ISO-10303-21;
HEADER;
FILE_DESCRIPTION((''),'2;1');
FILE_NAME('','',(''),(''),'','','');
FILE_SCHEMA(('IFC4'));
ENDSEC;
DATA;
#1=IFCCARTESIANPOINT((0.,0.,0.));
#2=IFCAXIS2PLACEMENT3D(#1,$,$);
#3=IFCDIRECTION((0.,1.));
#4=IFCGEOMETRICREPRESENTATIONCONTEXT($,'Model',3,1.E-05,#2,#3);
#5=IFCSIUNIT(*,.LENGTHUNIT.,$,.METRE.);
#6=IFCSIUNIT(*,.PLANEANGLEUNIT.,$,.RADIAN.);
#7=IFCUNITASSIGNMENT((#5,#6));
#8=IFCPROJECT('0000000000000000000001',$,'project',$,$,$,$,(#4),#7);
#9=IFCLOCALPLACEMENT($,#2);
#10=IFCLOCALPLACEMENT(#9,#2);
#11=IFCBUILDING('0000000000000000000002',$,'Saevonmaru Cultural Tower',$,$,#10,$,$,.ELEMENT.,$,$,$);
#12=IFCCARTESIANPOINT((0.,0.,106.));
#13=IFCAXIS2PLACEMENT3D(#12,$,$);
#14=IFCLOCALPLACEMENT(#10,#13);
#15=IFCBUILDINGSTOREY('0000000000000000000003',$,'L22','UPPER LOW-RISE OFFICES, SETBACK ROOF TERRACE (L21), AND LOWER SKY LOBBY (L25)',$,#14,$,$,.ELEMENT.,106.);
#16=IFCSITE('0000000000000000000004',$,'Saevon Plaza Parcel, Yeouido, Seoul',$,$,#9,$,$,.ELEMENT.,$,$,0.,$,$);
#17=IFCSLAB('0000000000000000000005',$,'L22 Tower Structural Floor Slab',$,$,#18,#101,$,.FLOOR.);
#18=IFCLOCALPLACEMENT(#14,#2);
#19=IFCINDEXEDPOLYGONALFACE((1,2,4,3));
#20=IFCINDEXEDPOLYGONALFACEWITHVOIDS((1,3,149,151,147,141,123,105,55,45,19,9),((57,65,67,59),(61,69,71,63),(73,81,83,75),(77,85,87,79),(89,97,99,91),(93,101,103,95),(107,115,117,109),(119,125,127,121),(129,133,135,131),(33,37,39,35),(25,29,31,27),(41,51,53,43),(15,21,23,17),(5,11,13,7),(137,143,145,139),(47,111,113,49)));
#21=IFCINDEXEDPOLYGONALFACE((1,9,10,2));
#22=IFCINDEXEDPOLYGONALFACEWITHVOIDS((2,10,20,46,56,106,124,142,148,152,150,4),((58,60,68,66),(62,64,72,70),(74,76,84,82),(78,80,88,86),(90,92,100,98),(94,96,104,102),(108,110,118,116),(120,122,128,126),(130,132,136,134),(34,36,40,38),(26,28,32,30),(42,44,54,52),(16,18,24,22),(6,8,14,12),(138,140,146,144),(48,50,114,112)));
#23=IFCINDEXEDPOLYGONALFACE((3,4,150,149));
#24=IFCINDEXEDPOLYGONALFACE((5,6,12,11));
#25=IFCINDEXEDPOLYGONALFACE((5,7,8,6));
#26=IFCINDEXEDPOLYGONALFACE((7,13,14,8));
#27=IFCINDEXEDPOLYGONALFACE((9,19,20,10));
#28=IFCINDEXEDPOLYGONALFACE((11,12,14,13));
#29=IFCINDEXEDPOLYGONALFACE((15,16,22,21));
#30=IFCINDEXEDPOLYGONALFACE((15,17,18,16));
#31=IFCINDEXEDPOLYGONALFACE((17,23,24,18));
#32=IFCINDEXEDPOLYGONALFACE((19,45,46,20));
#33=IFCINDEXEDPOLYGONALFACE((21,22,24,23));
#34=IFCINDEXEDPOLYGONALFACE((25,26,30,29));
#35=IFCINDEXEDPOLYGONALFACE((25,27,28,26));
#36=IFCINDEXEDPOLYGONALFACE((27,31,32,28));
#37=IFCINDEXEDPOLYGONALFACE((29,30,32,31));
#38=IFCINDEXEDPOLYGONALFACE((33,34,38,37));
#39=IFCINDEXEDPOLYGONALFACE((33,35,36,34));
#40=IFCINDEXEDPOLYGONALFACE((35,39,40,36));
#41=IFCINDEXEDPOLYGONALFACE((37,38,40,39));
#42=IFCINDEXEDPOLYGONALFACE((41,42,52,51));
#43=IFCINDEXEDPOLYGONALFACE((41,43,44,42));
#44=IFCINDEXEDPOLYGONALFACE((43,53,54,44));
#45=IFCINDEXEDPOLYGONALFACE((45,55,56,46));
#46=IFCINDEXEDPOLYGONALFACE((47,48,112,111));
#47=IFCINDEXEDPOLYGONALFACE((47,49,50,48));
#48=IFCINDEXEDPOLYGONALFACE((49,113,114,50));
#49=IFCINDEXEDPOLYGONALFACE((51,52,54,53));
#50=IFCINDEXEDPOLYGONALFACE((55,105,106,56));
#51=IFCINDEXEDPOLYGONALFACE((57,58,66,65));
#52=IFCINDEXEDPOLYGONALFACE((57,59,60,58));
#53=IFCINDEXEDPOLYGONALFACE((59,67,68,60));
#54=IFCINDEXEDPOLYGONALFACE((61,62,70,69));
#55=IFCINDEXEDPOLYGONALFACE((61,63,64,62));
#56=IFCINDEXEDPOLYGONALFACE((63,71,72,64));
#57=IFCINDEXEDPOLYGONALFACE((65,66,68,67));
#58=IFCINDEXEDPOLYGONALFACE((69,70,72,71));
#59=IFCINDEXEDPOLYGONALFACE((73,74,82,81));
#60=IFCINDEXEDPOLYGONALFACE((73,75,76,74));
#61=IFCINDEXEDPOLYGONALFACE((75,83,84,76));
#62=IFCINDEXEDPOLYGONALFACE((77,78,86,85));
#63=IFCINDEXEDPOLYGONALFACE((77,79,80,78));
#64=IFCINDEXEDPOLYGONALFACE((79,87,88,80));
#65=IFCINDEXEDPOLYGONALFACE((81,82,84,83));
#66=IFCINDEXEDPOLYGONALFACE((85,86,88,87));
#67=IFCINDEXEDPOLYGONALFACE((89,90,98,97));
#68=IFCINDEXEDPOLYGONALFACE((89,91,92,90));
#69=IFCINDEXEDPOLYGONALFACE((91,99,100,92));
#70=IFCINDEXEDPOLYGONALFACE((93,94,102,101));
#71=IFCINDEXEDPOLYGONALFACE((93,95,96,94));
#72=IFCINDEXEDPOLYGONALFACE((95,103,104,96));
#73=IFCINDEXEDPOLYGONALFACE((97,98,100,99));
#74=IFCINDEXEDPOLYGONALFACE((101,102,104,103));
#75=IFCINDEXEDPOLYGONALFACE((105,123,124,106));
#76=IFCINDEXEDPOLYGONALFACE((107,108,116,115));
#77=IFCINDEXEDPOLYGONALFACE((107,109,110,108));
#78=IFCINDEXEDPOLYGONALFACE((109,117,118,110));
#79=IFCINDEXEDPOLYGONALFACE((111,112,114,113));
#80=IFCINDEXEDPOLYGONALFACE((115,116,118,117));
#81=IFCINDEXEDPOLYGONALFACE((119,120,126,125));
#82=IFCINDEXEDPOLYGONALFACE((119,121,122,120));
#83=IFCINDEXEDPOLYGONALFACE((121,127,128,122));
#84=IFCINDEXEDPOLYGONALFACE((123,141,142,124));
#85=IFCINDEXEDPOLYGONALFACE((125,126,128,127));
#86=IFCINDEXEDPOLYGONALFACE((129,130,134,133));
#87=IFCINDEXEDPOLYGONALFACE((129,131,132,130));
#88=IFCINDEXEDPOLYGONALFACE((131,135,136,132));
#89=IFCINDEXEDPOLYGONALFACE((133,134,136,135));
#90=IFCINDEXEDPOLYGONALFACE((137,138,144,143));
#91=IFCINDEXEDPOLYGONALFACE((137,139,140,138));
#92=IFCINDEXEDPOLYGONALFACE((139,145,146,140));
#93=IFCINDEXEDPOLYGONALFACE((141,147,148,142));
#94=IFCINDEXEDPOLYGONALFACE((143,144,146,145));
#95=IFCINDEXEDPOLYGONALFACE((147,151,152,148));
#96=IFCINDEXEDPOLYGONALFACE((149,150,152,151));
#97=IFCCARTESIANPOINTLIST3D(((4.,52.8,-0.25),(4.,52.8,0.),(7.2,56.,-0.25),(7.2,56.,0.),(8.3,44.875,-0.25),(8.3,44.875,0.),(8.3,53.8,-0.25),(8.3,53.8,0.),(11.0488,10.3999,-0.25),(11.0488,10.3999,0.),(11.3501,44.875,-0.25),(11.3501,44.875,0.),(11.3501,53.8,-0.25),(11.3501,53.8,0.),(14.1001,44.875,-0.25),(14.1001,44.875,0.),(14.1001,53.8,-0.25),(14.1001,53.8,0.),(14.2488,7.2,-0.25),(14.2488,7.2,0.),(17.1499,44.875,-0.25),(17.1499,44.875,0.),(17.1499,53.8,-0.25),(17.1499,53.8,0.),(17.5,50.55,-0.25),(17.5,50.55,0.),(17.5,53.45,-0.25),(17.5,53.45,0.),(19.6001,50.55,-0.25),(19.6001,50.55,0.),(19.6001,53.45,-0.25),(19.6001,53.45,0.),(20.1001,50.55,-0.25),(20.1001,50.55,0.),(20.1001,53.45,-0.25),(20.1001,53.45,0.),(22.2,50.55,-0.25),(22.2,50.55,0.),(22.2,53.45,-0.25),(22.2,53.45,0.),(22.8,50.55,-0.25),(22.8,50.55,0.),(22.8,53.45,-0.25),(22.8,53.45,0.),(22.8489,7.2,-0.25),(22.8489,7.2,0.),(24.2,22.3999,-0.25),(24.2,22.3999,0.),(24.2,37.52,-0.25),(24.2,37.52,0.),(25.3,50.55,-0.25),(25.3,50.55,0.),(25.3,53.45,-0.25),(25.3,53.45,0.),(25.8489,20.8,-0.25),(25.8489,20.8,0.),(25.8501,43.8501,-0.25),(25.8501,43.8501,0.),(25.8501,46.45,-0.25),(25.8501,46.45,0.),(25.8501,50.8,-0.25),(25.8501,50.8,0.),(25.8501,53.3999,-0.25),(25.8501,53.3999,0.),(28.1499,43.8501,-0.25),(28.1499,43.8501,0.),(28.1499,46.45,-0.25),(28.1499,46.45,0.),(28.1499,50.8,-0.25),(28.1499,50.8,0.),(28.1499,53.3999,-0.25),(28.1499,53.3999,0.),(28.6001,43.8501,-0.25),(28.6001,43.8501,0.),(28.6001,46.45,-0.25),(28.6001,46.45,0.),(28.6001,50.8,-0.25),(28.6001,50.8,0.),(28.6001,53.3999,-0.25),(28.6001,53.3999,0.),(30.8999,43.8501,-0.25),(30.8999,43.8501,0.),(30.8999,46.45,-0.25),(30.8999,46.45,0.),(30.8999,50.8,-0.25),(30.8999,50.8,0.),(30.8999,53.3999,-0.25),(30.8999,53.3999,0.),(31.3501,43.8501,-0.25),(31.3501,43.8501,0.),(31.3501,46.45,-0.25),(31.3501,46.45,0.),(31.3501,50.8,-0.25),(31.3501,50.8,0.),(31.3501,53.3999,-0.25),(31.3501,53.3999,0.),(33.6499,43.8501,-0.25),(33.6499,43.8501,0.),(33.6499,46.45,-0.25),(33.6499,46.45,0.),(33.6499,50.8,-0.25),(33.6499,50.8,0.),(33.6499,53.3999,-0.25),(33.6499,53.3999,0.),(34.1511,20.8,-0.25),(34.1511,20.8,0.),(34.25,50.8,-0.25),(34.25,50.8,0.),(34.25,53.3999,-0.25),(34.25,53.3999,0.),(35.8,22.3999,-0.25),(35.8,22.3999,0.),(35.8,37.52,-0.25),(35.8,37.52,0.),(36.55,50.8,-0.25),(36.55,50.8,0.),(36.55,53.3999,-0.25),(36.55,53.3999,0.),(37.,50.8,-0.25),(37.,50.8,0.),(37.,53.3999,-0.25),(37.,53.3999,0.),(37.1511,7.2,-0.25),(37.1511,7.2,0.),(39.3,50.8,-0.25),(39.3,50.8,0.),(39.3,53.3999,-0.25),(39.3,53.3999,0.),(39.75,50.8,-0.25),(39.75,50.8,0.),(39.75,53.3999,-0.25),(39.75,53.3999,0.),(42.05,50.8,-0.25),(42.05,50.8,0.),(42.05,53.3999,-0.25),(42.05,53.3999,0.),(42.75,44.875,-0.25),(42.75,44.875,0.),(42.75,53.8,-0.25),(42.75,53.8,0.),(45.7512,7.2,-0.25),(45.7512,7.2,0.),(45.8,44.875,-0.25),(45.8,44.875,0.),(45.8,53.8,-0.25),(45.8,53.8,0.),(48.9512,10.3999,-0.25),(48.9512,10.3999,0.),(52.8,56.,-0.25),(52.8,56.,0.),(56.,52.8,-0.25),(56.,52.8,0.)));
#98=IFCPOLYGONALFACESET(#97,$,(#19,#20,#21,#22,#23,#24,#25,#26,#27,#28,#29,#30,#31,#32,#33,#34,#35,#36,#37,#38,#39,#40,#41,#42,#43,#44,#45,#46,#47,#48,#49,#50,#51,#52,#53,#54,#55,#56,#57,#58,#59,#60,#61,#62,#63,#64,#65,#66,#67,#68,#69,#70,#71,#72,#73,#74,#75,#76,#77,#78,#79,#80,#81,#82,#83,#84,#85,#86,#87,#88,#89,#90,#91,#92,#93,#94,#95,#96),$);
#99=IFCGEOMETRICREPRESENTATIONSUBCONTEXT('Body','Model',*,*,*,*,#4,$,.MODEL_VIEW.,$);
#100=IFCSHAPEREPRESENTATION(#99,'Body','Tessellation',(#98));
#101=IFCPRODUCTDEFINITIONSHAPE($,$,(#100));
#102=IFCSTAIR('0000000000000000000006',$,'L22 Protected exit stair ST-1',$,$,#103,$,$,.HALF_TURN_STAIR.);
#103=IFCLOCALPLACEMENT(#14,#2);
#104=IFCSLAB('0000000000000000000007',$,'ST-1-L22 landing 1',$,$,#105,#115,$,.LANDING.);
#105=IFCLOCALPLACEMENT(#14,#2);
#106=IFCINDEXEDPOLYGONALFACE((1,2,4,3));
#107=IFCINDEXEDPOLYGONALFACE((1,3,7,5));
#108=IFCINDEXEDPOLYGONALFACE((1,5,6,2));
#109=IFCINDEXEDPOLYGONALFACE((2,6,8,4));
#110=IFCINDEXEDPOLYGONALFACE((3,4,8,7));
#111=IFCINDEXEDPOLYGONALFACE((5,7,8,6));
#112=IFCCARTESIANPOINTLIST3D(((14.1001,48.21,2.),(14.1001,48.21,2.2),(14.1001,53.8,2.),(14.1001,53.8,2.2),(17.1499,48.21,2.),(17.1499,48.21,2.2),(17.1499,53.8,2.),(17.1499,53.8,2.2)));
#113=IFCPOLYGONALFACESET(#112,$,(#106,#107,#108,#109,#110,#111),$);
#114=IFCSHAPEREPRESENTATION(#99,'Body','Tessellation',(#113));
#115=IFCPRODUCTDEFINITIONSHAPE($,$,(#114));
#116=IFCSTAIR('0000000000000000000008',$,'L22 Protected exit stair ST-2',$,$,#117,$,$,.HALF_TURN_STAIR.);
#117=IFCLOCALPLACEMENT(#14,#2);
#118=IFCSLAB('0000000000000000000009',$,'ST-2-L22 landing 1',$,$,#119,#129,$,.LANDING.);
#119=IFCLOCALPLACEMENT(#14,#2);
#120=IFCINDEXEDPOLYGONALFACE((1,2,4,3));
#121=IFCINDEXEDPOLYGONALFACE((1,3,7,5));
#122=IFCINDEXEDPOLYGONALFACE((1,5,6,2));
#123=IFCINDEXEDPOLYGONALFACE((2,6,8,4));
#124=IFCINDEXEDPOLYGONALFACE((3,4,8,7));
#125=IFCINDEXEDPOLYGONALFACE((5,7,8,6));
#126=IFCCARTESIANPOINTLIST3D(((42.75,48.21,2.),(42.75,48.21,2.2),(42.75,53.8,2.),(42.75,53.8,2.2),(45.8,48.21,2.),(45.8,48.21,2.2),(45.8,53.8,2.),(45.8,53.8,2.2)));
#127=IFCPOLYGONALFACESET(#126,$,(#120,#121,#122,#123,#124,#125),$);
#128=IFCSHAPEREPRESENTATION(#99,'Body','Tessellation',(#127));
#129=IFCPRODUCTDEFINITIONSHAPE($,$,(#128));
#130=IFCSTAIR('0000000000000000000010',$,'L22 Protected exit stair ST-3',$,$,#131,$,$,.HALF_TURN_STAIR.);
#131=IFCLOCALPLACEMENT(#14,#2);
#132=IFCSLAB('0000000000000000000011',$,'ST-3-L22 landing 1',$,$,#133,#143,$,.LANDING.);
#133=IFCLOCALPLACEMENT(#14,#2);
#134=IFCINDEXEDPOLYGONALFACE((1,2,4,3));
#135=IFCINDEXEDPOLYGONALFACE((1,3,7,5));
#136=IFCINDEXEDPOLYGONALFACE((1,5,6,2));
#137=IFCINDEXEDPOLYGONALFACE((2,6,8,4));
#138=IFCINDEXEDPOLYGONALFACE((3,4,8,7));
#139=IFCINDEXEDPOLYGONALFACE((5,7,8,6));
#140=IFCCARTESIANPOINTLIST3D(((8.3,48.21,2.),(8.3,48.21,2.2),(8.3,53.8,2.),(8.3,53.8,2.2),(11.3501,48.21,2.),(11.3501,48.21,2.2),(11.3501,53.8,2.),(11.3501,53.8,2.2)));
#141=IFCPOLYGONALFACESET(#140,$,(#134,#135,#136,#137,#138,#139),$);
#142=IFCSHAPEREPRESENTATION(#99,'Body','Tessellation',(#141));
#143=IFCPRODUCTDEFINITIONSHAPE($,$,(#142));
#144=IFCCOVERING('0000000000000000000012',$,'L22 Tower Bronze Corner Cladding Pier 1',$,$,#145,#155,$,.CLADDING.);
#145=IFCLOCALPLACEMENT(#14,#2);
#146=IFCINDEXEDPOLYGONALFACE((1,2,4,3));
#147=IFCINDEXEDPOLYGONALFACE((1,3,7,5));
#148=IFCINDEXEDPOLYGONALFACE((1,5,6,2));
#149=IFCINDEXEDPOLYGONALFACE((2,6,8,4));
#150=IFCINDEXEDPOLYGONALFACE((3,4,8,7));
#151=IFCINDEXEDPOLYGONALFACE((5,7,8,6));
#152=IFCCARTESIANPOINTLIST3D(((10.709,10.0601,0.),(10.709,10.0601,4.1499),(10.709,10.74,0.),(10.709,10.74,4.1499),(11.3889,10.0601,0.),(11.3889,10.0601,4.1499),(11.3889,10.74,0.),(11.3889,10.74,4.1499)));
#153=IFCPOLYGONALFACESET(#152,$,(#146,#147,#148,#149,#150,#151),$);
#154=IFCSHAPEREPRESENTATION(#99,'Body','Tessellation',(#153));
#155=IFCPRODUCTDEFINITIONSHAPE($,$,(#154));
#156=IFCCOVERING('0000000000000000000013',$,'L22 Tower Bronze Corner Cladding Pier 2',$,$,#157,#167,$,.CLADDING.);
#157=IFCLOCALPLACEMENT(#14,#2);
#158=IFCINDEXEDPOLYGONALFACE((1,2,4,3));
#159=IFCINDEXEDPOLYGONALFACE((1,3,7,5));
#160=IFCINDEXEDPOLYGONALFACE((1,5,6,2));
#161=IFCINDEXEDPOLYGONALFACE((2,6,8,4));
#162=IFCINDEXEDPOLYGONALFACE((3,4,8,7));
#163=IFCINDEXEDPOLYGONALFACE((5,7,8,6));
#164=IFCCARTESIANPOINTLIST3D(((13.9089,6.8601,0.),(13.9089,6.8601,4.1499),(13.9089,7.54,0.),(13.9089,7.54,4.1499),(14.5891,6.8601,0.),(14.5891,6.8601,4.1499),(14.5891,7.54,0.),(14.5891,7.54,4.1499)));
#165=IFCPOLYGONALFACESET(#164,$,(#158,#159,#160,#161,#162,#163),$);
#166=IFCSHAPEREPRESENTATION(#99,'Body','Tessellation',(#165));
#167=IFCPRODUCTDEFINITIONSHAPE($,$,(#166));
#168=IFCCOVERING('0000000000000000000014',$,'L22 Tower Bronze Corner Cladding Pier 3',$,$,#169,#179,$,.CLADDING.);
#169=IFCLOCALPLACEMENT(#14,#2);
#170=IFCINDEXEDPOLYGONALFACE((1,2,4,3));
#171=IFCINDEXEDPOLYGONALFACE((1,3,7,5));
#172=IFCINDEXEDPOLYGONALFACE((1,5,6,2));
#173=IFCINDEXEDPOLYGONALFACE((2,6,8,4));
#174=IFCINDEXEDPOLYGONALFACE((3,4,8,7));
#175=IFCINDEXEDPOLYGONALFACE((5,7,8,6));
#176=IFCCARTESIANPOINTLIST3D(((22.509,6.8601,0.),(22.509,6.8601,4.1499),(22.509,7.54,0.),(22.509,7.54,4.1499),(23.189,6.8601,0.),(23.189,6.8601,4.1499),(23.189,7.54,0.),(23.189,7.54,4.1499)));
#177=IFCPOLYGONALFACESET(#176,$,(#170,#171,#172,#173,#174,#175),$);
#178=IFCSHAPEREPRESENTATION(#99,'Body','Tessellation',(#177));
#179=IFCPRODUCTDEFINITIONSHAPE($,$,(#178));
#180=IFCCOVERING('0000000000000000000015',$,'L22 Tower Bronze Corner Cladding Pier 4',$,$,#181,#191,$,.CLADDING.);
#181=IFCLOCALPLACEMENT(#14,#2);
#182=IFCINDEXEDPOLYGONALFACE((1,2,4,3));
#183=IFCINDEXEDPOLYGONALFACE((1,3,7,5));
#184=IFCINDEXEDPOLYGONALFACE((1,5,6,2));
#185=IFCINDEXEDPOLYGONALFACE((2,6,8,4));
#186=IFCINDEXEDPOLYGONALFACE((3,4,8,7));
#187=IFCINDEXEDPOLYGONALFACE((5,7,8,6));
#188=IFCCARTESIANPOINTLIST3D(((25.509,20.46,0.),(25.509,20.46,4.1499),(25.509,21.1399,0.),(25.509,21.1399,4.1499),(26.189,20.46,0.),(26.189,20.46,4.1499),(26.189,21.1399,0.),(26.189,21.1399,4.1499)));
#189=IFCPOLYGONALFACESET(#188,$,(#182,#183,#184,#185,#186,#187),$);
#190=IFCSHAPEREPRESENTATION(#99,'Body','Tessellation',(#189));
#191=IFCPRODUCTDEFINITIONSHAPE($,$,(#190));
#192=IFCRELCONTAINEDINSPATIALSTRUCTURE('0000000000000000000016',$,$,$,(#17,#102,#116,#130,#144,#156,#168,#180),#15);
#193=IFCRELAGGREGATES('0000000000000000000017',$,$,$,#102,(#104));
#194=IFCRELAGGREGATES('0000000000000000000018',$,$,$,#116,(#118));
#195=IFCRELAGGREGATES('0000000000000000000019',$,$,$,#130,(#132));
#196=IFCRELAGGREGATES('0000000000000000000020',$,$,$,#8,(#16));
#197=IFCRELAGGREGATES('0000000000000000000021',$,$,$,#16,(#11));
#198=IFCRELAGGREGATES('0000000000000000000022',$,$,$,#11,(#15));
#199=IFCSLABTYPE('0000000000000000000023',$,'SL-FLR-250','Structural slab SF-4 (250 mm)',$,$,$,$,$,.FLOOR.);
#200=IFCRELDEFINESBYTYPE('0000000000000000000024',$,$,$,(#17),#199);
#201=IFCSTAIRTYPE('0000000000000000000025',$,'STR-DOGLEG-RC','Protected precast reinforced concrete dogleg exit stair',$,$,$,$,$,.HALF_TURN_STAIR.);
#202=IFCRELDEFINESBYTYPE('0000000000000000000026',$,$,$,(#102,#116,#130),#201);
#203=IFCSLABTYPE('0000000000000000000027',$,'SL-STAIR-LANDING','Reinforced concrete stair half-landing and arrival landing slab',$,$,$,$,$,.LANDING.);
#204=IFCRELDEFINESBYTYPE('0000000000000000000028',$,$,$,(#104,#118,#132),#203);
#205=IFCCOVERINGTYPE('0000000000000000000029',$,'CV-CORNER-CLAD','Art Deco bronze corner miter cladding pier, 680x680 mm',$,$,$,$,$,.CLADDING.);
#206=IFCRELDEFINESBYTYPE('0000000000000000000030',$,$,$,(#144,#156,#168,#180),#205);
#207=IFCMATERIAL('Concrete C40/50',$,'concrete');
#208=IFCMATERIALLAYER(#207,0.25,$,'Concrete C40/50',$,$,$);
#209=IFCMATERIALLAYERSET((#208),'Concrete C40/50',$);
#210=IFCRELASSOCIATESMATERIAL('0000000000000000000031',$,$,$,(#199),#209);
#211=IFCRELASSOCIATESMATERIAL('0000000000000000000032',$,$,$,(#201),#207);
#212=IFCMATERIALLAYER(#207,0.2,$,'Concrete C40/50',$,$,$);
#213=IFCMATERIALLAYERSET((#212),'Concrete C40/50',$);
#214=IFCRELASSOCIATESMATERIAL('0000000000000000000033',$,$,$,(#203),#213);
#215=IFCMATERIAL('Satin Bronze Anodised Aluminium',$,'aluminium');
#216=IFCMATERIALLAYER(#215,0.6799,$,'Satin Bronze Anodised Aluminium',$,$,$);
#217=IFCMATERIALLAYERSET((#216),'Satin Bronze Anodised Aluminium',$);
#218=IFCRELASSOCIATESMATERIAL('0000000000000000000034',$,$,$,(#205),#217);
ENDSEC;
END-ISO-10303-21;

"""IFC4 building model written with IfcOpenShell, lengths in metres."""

from ifc_helpers import new_model, si_unit, direction, frame, origin, place, context, subcontext, project, spatial, polyline, outline, extrude, material, layer, layer_set, type_object, element, aggregate, save


model = new_model("IFC4")

# Units and contexts
model_context = context("Model", 3, precision=1e-05, world=origin(), true_north=direction((0.0, 1.0)))
body_context = subcontext(model_context, "Body", "Model", "MODEL_VIEW")
ifc_project = project(units=[si_unit("LENGTHUNIT", "METRE"), si_unit("PLANEANGLEUNIT", "RADIAN")], contexts=[model_context])

# Site, building, storey
site_placement = place(None, origin())
site = spatial("IfcSite", under=ifc_project, at=site_placement, Name="Saevon Plaza Parcel, Yeouido, Seoul", CompositionType="ELEMENT", RefElevation=0.0)
building_placement = place(site_placement, origin())
building = spatial("IfcBuilding", under=site, at=building_placement, Name="Saevonmaru Cultural Tower", CompositionType="ELEMENT")
storey_placement = place(building_placement, frame((0.0, 0.0, 106.0)))
storey = spatial("IfcBuildingStorey", under=building, at=storey_placement, Name="L22", Description="UPPER LOW-RISE OFFICES, SETBACK ROOF TERRACE (L21), AND LOWER SKY LOBBY (L25)", CompositionType="ELEMENT", Elevation=106.0)

# Shared definitions
ifc_material_1 = material(Name="Satin Bronze Anodised Aluminium", Category="aluminium")

# Slab
ifc_material_2 = material(Name="Concrete C40/50", Category="concrete")
ifc_layer_1 = layer(ifc_material_2, 0.25, Name="Concrete C40/50")
ifc_layer_set_1 = layer_set([ifc_layer_1], Name="Concrete C40/50")
slab_type_1 = type_object("IfcSlabType", Name="SL-FLR-250", Description="Structural slab SF-4 (250 mm)", PredefinedType="FLOOR", material=ifc_layer_set_1)
slab_1_placement = place(storey_placement, frame((0.0, 0.0, -0.25)))
element("IfcSlab", 1, at=slab_1_placement, inside=storey, type_object=slab_type_1, Name="L22 Tower Structural Floor Slab", PredefinedType="FLOOR", context=body_context, shape_type="SweptSolid", body=[
    extrude(outline(polyline([(11.0488, 10.3999), (14.2488, 7.2), (22.8489, 7.2), (25.8489, 20.8), (34.1511, 20.8), (37.1511, 7.2), (45.7512, 7.2), (48.9512, 10.3999), (56.0, 52.8), (52.8, 56.0), (7.2, 56.0), (4.0, 52.8), (11.0488, 10.3999)]), holes=[polyline([(45.8, 44.875), (42.75, 44.875), (42.75, 53.8), (45.8, 53.8), (45.8, 44.875)]), polyline([(39.75, 50.8), (39.75, 53.3999), (42.05, 53.3999), (42.05, 50.8), (39.75, 50.8)]), polyline([(37.0, 50.8), (37.0, 53.3999), (39.3, 53.3999), (39.3, 50.8), (37.0, 50.8)]), polyline([(34.25, 50.8), (34.25, 53.3999), (36.55, 53.3999), (36.55, 50.8), (34.25, 50.8)]), polyline([(24.2, 22.3999), (24.2, 37.52), (35.8, 37.52), (35.8, 22.3999), (24.2, 22.3999)]), polyline([(31.3501, 50.8), (31.3501, 53.3999), (33.6499, 53.3999), (33.6499, 50.8), (31.3501, 50.8)]), polyline([(31.3501, 43.8501), (31.3501, 46.45), (33.6499, 46.45), (33.6499, 43.8501), (31.3501, 43.8501)]), polyline([(28.6001, 43.8501), (28.6001, 46.45), (30.8999, 46.45), (30.8999, 43.8501), (28.6001, 43.8501)]), polyline([(28.6001, 50.8), (28.6001, 53.3999), (30.8999, 53.3999), (30.8999, 50.8), (28.6001, 50.8)]), polyline([(25.8501, 50.8), (25.8501, 53.3999), (28.1499, 53.3999), (28.1499, 50.8), (25.8501, 50.8)]), polyline([(25.8501, 43.8501), (25.8501, 46.45), (28.1499, 46.45), (28.1499, 43.8501), (25.8501, 43.8501)]), polyline([(22.8, 50.55), (22.8, 53.45), (25.3, 53.45), (25.3, 50.55), (22.8, 50.55)]), polyline([(20.1001, 50.55), (20.1001, 53.45), (22.2, 53.45), (22.2, 50.55), (20.1001, 50.55)]), polyline([(17.5, 50.55), (17.5, 53.45), (19.6001, 53.45), (19.6001, 50.55), (17.5, 50.55)]), polyline([(17.1499, 44.875), (14.1001, 44.875), (14.1001, 53.8), (17.1499, 53.8), (17.1499, 44.875)]), polyline([(11.3501, 44.875), (8.3, 44.875), (8.3, 53.8), (11.3501, 53.8), (11.3501, 44.875)])]), origin(), (0.0, 0.0, 1.0), 0.25),
])

# Stairs, slabs
stair_type = type_object("IfcStairType", Name="STR-DOGLEG-RC", Description="Protected precast reinforced concrete dogleg exit stair", PredefinedType="HALF_TURN_STAIR", material=ifc_material_2)
stair_1_placement = place(storey_placement, origin())
stair_1 = element("IfcStair", 2, at=stair_1_placement, inside=storey, type_object=stair_type, Name="L22 Protected exit stair ST-1", PredefinedType="HALF_TURN_STAIR")
ifc_layer_2 = layer(ifc_material_2, 0.2, Name="Concrete C40/50")
ifc_layer_set_2 = layer_set([ifc_layer_2], Name="Concrete C40/50")
slab_type_2 = type_object("IfcSlabType", Name="SL-STAIR-LANDING", Description="Reinforced concrete stair half-landing and arrival landing slab", PredefinedType="LANDING", material=ifc_layer_set_2)
slab_2_placement = place(storey_placement, frame((0.0, 0.0, 2.0)))
slab_2 = element("IfcSlab", 3, at=slab_2_placement, type_object=slab_type_2, Name="ST-1-L22 landing 1", PredefinedType="LANDING", context=body_context, shape_type="SweptSolid", body=[
    extrude(outline(polyline([(17.1499, 48.21), (17.1499, 53.8), (14.1001, 53.8), (14.1001, 48.21), (17.1499, 48.21)])), origin(), (0.0, 0.0, 1.0), 0.2),
])
aggregate(stair_1, [slab_2])
stair_2_placement = place(storey_placement, origin())
stair_2 = element("IfcStair", 4, at=stair_2_placement, inside=storey, type_object=stair_type, Name="L22 Protected exit stair ST-2", PredefinedType="HALF_TURN_STAIR")
slab_3_placement = place(storey_placement, frame((0.0, 0.0, 2.0)))
slab_3 = element("IfcSlab", 5, at=slab_3_placement, type_object=slab_type_2, Name="ST-2-L22 landing 1", PredefinedType="LANDING", context=body_context, shape_type="SweptSolid", body=[
    extrude(outline(polyline([(45.8, 48.21), (45.8, 53.8), (42.75, 53.8), (42.75, 48.21), (45.8, 48.21)])), origin(), (0.0, 0.0, 1.0), 0.2),
])
aggregate(stair_2, [slab_3])
stair_3_placement = place(storey_placement, origin())
stair_3 = element("IfcStair", 6, at=stair_3_placement, inside=storey, type_object=stair_type, Name="L22 Protected exit stair ST-3", PredefinedType="HALF_TURN_STAIR")
slab_4_placement = place(storey_placement, frame((0.0, 0.0, 2.0)))
slab_4 = element("IfcSlab", 7, at=slab_4_placement, type_object=slab_type_2, Name="ST-3-L22 landing 1", PredefinedType="LANDING", context=body_context, shape_type="SweptSolid", body=[
    extrude(outline(polyline([(11.3501, 48.21), (11.3501, 53.8), (8.3, 53.8), (8.3, 48.21), (11.3501, 48.21)])), origin(), (0.0, 0.0, 1.0), 0.2),
])
aggregate(stair_3, [slab_4])

# Coverings
ifc_layer_3 = layer(ifc_material_1, 0.6799, Name="Satin Bronze Anodised Aluminium")
ifc_layer_set_3 = layer_set([ifc_layer_3], Name="Satin Bronze Anodised Aluminium")
covering_type = type_object("IfcCoveringType", Name="CV-CORNER-CLAD", Description="Art Deco bronze corner miter cladding pier, 680x680 mm", PredefinedType="CLADDING", material=ifc_layer_set_3)
covering_1_placement = place(storey_placement, origin())
element("IfcCovering", 8, at=covering_1_placement, inside=storey, type_object=covering_type, Name="L22 Tower Bronze Corner Cladding Pier 1", PredefinedType="CLADDING", context=body_context, shape_type="SweptSolid", body=[
    extrude(outline(polyline([(10.709, 10.0601), (11.3889, 10.0601), (11.3889, 10.74), (10.709, 10.74), (10.709, 10.0601)])), origin(), (0.0, 0.0, 1.0), 4.1499),
])
covering_2_placement = place(storey_placement, origin())
element("IfcCovering", 9, at=covering_2_placement, inside=storey, type_object=covering_type, Name="L22 Tower Bronze Corner Cladding Pier 2", PredefinedType="CLADDING", context=body_context, shape_type="SweptSolid", body=[
    extrude(outline(polyline([(13.9089, 6.8601), (14.5891, 6.8601), (14.5891, 7.54), (13.9089, 7.54), (13.9089, 6.8601)])), origin(), (0.0, 0.0, 1.0), 4.1499),
])
covering_3_placement = place(storey_placement, origin())
element("IfcCovering", 10, at=covering_3_placement, inside=storey, type_object=covering_type, Name="L22 Tower Bronze Corner Cladding Pier 3", PredefinedType="CLADDING", context=body_context, shape_type="SweptSolid", body=[
    extrude(outline(polyline([(22.509, 6.8601), (23.189, 6.8601), (23.189, 7.54), (22.509, 7.54), (22.509, 6.8601)])), origin(), (0.0, 0.0, 1.0), 4.1499),
])
covering_4_placement = place(storey_placement, origin())
element("IfcCovering", 11, at=covering_4_placement, inside=storey, type_object=covering_type, Name="L22 Tower Bronze Corner Cladding Pier 4", PredefinedType="CLADDING", context=body_context, shape_type="SweptSolid", body=[
    extrude(outline(polyline([(25.509, 20.46), (26.189, 20.46), (26.189, 21.1399), (25.509, 21.1399), (25.509, 20.46)])), origin(), (0.0, 0.0, 1.0), 4.1499),
])

save(model, "model.ifc")
